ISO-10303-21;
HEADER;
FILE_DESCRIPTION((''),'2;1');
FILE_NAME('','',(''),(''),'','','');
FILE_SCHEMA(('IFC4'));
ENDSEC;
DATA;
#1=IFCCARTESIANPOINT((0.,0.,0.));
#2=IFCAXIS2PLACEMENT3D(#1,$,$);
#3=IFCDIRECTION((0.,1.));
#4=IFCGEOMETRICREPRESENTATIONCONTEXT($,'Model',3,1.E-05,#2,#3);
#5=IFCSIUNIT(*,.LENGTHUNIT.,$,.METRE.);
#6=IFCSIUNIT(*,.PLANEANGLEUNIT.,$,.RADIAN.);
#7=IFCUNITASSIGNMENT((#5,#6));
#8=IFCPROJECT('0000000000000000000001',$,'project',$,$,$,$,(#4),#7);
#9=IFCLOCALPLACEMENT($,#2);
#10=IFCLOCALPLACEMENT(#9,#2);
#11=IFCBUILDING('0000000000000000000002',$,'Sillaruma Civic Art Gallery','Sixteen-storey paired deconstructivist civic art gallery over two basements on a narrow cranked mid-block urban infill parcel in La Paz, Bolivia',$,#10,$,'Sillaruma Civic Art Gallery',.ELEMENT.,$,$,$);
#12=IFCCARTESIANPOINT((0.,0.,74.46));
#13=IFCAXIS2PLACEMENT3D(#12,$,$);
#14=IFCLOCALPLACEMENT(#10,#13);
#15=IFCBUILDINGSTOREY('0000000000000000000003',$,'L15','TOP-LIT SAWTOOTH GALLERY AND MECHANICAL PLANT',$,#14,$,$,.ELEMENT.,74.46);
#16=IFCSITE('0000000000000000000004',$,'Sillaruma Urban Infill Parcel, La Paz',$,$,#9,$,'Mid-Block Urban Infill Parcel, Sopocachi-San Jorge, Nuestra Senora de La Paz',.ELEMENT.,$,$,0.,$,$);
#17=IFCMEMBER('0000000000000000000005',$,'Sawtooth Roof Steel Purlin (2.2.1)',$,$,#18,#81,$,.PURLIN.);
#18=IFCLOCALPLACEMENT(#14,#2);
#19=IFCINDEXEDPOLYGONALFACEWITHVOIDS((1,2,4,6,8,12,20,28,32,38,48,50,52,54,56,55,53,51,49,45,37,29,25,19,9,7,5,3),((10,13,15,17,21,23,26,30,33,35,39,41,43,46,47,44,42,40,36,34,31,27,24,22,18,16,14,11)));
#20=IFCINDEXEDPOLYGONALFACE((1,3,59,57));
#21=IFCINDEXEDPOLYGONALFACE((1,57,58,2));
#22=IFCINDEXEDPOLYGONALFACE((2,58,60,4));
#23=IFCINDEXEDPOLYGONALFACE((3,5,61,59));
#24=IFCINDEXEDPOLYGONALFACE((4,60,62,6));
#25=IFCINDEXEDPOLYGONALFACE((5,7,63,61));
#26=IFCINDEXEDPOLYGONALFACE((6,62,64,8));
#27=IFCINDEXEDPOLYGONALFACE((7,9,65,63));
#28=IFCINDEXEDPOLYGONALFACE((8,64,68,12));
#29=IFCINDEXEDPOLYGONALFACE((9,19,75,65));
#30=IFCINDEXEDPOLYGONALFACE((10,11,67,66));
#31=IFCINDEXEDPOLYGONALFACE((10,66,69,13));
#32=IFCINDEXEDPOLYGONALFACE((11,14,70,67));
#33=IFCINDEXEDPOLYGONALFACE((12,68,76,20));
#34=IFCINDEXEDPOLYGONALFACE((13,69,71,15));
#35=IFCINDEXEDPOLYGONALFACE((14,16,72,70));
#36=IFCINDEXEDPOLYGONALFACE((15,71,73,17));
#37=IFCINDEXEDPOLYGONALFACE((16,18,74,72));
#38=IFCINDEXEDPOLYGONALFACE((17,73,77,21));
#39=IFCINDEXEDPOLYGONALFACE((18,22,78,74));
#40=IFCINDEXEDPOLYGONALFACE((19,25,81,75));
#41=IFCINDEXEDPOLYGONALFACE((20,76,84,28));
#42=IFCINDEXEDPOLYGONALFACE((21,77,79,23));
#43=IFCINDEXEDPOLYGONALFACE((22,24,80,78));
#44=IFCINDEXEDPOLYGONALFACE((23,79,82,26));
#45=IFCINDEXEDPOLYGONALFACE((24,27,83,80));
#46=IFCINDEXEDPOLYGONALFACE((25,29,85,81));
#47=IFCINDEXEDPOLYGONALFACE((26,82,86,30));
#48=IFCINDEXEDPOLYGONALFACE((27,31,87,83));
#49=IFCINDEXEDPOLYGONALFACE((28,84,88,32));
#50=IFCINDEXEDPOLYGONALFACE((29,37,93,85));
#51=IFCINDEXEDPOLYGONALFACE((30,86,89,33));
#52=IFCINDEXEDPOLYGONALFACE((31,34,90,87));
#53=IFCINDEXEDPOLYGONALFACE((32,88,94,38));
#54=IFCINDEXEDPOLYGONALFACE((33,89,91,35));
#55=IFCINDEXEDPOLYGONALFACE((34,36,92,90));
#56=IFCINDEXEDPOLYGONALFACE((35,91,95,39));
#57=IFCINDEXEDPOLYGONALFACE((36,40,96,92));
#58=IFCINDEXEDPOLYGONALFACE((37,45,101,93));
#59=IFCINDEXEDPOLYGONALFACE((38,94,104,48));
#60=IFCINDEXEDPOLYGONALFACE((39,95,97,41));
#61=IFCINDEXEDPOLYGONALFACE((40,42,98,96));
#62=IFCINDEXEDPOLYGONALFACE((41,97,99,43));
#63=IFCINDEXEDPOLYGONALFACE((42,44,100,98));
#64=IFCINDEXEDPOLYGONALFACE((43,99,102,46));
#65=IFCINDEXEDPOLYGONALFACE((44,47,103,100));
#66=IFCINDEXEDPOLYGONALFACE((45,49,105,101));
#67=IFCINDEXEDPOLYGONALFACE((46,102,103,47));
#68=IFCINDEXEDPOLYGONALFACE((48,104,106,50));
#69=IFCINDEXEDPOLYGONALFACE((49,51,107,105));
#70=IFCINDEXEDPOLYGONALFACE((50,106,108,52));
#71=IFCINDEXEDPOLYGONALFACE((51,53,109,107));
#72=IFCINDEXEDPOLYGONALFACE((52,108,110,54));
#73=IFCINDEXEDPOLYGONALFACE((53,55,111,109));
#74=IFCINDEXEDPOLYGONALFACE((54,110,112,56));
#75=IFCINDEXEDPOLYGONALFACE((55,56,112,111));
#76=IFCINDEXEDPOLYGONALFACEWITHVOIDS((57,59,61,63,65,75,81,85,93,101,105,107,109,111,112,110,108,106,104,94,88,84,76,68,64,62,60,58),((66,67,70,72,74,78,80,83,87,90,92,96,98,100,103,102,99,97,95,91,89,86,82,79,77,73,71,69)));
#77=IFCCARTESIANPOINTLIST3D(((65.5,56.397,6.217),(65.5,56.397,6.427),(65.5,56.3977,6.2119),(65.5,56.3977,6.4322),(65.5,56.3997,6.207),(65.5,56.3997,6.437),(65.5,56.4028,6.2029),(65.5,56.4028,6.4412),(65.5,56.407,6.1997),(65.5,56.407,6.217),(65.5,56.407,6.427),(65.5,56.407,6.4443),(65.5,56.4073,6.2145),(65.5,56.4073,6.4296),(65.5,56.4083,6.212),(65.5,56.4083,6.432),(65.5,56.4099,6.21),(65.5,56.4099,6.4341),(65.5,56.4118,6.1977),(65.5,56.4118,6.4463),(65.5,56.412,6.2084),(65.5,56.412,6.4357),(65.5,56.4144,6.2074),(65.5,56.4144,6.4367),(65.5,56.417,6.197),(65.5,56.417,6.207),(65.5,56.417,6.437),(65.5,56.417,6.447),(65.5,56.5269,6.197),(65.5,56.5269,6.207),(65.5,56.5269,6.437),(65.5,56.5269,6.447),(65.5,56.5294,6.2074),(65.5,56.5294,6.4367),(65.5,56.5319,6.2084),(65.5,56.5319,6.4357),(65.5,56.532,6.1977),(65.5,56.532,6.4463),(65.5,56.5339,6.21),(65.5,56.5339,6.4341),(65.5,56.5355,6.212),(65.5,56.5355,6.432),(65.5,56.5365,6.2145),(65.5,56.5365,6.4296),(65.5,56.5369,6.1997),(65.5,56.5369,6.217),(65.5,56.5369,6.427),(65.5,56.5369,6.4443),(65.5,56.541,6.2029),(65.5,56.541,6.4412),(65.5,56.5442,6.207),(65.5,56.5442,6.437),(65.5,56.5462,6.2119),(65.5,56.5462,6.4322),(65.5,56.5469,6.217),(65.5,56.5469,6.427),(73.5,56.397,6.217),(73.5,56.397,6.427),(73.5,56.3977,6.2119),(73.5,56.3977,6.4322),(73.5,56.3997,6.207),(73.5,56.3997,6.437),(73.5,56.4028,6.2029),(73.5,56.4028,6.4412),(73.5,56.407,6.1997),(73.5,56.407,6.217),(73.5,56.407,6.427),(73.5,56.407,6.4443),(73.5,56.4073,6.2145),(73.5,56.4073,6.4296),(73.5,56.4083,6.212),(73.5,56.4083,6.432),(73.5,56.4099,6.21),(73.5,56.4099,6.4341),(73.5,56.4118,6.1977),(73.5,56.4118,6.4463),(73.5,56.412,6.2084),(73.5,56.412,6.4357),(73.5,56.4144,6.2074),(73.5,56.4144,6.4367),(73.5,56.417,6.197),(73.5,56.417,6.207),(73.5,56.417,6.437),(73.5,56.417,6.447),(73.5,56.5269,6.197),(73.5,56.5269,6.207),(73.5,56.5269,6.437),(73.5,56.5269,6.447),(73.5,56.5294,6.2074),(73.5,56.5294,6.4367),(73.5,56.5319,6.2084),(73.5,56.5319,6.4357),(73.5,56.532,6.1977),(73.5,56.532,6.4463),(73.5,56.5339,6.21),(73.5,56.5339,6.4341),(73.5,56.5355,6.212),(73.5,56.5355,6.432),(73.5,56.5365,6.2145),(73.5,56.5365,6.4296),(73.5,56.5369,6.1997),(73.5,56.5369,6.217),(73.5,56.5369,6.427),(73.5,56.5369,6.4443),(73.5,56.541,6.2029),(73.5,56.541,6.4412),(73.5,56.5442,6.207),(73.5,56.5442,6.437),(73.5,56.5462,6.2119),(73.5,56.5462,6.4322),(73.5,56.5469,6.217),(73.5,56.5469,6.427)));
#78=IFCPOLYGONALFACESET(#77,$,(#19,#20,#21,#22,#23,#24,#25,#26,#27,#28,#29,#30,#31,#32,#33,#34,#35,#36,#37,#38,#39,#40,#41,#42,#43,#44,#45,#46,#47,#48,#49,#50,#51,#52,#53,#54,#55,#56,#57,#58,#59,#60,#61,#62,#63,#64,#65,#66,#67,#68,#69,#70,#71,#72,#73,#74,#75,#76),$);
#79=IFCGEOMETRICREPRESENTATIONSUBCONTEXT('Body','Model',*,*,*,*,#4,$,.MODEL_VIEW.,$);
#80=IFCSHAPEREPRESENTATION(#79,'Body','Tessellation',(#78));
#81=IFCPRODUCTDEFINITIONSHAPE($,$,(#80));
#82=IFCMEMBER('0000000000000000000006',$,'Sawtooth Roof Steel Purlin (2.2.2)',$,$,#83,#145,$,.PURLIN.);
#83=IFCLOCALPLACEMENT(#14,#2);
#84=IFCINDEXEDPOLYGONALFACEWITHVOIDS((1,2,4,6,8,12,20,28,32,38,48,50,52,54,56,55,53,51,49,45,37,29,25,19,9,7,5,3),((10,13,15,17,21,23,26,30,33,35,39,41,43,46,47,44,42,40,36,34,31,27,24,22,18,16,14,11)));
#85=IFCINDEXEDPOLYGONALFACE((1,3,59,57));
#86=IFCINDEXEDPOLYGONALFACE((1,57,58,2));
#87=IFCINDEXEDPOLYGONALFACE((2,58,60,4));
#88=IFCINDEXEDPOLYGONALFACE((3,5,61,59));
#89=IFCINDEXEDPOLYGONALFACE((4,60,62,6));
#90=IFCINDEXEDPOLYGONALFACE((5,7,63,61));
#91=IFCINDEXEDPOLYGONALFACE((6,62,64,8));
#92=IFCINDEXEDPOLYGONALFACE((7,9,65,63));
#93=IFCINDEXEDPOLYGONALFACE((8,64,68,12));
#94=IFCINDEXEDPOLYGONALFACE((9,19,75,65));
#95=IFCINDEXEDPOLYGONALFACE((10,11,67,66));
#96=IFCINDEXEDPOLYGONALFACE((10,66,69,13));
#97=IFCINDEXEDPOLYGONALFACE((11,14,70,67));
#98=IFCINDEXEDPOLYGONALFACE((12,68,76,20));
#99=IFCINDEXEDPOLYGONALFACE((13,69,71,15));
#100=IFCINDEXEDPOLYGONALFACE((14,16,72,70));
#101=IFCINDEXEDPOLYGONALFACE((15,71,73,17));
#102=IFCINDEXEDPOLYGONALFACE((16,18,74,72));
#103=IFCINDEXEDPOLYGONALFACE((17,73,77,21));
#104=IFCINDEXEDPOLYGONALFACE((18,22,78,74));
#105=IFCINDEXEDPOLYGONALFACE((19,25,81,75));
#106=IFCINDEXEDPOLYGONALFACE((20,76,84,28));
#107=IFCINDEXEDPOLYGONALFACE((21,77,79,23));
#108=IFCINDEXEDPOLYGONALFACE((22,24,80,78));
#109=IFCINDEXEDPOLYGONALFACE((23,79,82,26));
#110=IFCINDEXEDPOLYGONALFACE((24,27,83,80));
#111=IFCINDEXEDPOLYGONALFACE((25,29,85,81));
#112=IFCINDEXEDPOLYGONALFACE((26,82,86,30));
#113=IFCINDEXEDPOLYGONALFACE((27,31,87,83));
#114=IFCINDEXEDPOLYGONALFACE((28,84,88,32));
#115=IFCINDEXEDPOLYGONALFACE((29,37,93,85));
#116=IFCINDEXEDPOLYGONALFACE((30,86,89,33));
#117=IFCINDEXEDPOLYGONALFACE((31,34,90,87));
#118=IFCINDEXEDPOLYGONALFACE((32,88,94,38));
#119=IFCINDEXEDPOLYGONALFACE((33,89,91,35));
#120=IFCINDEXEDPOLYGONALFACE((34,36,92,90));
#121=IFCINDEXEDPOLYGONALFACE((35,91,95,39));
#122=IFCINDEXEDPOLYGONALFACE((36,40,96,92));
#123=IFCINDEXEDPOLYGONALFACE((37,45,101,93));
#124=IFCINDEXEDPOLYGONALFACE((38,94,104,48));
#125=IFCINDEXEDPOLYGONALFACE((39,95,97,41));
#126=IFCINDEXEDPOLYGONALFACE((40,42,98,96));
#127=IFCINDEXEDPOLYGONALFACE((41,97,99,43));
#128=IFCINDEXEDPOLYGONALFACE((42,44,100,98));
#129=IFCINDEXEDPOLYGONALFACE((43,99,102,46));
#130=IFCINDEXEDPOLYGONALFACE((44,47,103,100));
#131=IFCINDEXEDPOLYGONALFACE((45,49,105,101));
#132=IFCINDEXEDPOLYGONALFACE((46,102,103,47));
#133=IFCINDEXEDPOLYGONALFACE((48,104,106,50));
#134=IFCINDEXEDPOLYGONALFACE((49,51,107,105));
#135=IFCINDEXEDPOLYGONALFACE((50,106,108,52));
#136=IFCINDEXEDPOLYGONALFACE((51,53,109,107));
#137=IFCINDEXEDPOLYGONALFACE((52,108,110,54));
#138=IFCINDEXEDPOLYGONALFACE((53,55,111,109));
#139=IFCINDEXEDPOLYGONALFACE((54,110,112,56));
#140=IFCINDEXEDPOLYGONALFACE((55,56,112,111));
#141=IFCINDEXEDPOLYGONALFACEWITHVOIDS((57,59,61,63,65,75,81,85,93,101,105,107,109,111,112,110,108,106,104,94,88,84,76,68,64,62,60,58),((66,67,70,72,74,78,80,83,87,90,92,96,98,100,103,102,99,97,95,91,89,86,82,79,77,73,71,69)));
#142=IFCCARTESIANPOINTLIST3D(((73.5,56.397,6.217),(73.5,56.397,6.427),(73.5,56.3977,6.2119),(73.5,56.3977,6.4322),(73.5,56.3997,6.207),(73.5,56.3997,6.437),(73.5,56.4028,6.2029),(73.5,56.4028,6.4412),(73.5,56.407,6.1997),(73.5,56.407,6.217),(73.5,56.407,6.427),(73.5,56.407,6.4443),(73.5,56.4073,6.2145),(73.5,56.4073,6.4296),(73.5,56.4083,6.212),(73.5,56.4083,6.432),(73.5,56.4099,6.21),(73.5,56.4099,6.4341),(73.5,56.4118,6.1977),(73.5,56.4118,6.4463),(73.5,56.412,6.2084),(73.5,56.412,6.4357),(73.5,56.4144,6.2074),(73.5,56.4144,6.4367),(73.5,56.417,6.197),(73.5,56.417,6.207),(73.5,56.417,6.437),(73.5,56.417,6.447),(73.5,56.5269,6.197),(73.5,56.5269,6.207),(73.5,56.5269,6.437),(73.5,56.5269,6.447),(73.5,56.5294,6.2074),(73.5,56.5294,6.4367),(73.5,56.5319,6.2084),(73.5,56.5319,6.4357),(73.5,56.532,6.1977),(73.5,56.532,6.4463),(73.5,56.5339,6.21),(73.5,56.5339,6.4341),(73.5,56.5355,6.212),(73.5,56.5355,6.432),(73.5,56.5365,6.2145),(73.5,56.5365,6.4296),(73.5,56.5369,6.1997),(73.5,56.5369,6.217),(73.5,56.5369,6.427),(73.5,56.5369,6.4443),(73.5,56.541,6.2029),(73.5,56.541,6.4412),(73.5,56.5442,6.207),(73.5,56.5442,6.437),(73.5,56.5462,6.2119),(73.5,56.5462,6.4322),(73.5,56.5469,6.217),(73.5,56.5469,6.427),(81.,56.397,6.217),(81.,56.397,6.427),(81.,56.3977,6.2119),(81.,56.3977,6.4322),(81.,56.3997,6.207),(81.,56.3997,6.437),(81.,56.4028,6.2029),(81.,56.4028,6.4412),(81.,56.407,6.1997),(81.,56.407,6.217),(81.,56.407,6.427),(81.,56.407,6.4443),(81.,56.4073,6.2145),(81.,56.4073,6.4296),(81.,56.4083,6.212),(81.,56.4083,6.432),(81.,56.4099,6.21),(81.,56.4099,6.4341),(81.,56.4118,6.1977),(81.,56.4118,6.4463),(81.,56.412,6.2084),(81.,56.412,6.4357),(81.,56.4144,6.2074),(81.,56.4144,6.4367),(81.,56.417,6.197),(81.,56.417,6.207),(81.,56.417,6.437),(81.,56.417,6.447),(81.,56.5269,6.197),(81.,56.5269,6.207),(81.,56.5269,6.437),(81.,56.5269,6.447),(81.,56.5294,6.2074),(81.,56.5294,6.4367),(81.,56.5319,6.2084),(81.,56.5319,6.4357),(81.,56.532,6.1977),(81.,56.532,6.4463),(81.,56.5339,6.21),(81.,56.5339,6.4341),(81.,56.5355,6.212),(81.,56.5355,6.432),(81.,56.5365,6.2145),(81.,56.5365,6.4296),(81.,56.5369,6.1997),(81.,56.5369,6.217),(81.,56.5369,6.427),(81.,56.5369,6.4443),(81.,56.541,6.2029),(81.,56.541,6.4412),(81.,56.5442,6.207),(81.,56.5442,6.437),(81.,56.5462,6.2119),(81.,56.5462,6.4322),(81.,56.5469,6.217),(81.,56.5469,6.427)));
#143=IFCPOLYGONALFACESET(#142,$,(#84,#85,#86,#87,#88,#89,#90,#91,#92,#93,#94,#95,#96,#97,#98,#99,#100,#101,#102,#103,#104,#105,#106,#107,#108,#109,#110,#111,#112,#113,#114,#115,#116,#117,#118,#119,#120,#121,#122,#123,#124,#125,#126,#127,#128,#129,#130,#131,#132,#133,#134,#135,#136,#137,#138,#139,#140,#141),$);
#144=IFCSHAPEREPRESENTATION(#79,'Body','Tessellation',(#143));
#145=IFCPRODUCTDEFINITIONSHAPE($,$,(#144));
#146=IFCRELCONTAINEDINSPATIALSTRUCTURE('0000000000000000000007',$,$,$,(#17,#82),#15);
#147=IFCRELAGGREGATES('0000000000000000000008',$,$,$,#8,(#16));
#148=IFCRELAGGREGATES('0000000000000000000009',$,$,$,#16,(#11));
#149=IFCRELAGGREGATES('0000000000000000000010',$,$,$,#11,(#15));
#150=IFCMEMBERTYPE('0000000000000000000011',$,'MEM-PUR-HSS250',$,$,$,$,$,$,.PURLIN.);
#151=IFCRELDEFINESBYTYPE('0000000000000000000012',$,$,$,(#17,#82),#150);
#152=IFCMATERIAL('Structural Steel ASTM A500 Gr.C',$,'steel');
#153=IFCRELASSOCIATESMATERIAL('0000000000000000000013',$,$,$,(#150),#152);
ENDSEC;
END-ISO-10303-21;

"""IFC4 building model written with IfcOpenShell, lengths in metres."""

from ifc_helpers import new_model, si_unit, direction, frame, origin, origin_2d, place, context, subcontext, project, spatial, hollow_rectangle, extrude, material, material_profile, profile_set, type_object, element, save


model = new_model("IFC4")

# Units and contexts
model_context = context("Model", 3, precision=1e-05, world=origin(), true_north=direction((0.0, 1.0)))
body_context = subcontext(model_context, "Body", "Model", "MODEL_VIEW")
ifc_project = project(units=[si_unit("LENGTHUNIT", "METRE"), si_unit("PLANEANGLEUNIT", "RADIAN")], contexts=[model_context])

# Site, building, storey
site_placement = place(None, origin())
site = spatial("IfcSite", under=ifc_project, at=site_placement, Name="Sillaruma Urban Infill Parcel, La Paz", LongName="Mid-Block Urban Infill Parcel, Sopocachi-San Jorge, Nuestra Senora de La Paz", CompositionType="ELEMENT", RefElevation=0.0)
building_placement = place(site_placement, origin())
building = spatial("IfcBuilding", under=site, at=building_placement, Name="Sillaruma Civic Art Gallery", Description="Sixteen-storey paired deconstructivist civic art gallery over two basements on a narrow cranked mid-block urban infill parcel in La Paz, Bolivia", LongName="Sillaruma Civic Art Gallery", CompositionType="ELEMENT")
storey_placement = place(building_placement, frame((0.0, 0.0, 74.46)))
storey = spatial("IfcBuildingStorey", under=building, at=storey_placement, Name="L15", Description="TOP-LIT SAWTOOTH GALLERY AND MECHANICAL PLANT", CompositionType="ELEMENT", Elevation=74.46)

# Members
ifc_material_1 = material(Name="Structural Steel ASTM A500 Gr.C", Category="steel")
ifc_material_profile_1 = material_profile(ifc_material_1, hollow_rectangle(XDim=0.1499, YDim=0.25, WallThickness=0.01, InnerFilletRadius=0.01, OuterFilletRadius=0.02, at=origin_2d()), Name="HSS250x150x10")
ifc_profile_set_1 = profile_set([ifc_material_profile_1], Name="Structural Steel ASTM A500 Gr.C")
member_type_1 = type_object("IfcMemberType", Name="MEM-PUR-HSS250", PredefinedType="PURLIN", material=ifc_profile_set_1)
member_1_placement = place(storey_placement, frame((65.5, 56.4719, 6.322), z_axis=(1.0, 0.0, 0.0), x_axis=(0.0, 1.0, 0.0)))
element("IfcMember", 1, at=member_1_placement, inside=storey, type_object=member_type_1, Name="Sawtooth Roof Steel Purlin (2.2.1)", PredefinedType="PURLIN", context=body_context, shape_type="SweptSolid", body=[
    extrude(hollow_rectangle(XDim=0.1499, YDim=0.25, WallThickness=0.01, InnerFilletRadius=0.01, OuterFilletRadius=0.02, at=origin_2d()), origin(), (0.0, 0.0, 1.0), 8.0),
])
member_2_placement = place(storey_placement, frame((73.5, 56.4719, 6.322), z_axis=(1.0, 0.0, 0.0), x_axis=(0.0, 1.0, 0.0)))
element("IfcMember", 2, at=member_2_placement, inside=storey, type_object=member_type_1, Name="Sawtooth Roof Steel Purlin (2.2.2)", PredefinedType="PURLIN", context=body_context, shape_type="SweptSolid", body=[
    extrude(hollow_rectangle(XDim=0.1499, YDim=0.25, WallThickness=0.01, InnerFilletRadius=0.01, OuterFilletRadius=0.02, at=origin_2d()), origin(), (0.0, 0.0, 1.0), 7.5),
])

save(model, "model.ifc")
